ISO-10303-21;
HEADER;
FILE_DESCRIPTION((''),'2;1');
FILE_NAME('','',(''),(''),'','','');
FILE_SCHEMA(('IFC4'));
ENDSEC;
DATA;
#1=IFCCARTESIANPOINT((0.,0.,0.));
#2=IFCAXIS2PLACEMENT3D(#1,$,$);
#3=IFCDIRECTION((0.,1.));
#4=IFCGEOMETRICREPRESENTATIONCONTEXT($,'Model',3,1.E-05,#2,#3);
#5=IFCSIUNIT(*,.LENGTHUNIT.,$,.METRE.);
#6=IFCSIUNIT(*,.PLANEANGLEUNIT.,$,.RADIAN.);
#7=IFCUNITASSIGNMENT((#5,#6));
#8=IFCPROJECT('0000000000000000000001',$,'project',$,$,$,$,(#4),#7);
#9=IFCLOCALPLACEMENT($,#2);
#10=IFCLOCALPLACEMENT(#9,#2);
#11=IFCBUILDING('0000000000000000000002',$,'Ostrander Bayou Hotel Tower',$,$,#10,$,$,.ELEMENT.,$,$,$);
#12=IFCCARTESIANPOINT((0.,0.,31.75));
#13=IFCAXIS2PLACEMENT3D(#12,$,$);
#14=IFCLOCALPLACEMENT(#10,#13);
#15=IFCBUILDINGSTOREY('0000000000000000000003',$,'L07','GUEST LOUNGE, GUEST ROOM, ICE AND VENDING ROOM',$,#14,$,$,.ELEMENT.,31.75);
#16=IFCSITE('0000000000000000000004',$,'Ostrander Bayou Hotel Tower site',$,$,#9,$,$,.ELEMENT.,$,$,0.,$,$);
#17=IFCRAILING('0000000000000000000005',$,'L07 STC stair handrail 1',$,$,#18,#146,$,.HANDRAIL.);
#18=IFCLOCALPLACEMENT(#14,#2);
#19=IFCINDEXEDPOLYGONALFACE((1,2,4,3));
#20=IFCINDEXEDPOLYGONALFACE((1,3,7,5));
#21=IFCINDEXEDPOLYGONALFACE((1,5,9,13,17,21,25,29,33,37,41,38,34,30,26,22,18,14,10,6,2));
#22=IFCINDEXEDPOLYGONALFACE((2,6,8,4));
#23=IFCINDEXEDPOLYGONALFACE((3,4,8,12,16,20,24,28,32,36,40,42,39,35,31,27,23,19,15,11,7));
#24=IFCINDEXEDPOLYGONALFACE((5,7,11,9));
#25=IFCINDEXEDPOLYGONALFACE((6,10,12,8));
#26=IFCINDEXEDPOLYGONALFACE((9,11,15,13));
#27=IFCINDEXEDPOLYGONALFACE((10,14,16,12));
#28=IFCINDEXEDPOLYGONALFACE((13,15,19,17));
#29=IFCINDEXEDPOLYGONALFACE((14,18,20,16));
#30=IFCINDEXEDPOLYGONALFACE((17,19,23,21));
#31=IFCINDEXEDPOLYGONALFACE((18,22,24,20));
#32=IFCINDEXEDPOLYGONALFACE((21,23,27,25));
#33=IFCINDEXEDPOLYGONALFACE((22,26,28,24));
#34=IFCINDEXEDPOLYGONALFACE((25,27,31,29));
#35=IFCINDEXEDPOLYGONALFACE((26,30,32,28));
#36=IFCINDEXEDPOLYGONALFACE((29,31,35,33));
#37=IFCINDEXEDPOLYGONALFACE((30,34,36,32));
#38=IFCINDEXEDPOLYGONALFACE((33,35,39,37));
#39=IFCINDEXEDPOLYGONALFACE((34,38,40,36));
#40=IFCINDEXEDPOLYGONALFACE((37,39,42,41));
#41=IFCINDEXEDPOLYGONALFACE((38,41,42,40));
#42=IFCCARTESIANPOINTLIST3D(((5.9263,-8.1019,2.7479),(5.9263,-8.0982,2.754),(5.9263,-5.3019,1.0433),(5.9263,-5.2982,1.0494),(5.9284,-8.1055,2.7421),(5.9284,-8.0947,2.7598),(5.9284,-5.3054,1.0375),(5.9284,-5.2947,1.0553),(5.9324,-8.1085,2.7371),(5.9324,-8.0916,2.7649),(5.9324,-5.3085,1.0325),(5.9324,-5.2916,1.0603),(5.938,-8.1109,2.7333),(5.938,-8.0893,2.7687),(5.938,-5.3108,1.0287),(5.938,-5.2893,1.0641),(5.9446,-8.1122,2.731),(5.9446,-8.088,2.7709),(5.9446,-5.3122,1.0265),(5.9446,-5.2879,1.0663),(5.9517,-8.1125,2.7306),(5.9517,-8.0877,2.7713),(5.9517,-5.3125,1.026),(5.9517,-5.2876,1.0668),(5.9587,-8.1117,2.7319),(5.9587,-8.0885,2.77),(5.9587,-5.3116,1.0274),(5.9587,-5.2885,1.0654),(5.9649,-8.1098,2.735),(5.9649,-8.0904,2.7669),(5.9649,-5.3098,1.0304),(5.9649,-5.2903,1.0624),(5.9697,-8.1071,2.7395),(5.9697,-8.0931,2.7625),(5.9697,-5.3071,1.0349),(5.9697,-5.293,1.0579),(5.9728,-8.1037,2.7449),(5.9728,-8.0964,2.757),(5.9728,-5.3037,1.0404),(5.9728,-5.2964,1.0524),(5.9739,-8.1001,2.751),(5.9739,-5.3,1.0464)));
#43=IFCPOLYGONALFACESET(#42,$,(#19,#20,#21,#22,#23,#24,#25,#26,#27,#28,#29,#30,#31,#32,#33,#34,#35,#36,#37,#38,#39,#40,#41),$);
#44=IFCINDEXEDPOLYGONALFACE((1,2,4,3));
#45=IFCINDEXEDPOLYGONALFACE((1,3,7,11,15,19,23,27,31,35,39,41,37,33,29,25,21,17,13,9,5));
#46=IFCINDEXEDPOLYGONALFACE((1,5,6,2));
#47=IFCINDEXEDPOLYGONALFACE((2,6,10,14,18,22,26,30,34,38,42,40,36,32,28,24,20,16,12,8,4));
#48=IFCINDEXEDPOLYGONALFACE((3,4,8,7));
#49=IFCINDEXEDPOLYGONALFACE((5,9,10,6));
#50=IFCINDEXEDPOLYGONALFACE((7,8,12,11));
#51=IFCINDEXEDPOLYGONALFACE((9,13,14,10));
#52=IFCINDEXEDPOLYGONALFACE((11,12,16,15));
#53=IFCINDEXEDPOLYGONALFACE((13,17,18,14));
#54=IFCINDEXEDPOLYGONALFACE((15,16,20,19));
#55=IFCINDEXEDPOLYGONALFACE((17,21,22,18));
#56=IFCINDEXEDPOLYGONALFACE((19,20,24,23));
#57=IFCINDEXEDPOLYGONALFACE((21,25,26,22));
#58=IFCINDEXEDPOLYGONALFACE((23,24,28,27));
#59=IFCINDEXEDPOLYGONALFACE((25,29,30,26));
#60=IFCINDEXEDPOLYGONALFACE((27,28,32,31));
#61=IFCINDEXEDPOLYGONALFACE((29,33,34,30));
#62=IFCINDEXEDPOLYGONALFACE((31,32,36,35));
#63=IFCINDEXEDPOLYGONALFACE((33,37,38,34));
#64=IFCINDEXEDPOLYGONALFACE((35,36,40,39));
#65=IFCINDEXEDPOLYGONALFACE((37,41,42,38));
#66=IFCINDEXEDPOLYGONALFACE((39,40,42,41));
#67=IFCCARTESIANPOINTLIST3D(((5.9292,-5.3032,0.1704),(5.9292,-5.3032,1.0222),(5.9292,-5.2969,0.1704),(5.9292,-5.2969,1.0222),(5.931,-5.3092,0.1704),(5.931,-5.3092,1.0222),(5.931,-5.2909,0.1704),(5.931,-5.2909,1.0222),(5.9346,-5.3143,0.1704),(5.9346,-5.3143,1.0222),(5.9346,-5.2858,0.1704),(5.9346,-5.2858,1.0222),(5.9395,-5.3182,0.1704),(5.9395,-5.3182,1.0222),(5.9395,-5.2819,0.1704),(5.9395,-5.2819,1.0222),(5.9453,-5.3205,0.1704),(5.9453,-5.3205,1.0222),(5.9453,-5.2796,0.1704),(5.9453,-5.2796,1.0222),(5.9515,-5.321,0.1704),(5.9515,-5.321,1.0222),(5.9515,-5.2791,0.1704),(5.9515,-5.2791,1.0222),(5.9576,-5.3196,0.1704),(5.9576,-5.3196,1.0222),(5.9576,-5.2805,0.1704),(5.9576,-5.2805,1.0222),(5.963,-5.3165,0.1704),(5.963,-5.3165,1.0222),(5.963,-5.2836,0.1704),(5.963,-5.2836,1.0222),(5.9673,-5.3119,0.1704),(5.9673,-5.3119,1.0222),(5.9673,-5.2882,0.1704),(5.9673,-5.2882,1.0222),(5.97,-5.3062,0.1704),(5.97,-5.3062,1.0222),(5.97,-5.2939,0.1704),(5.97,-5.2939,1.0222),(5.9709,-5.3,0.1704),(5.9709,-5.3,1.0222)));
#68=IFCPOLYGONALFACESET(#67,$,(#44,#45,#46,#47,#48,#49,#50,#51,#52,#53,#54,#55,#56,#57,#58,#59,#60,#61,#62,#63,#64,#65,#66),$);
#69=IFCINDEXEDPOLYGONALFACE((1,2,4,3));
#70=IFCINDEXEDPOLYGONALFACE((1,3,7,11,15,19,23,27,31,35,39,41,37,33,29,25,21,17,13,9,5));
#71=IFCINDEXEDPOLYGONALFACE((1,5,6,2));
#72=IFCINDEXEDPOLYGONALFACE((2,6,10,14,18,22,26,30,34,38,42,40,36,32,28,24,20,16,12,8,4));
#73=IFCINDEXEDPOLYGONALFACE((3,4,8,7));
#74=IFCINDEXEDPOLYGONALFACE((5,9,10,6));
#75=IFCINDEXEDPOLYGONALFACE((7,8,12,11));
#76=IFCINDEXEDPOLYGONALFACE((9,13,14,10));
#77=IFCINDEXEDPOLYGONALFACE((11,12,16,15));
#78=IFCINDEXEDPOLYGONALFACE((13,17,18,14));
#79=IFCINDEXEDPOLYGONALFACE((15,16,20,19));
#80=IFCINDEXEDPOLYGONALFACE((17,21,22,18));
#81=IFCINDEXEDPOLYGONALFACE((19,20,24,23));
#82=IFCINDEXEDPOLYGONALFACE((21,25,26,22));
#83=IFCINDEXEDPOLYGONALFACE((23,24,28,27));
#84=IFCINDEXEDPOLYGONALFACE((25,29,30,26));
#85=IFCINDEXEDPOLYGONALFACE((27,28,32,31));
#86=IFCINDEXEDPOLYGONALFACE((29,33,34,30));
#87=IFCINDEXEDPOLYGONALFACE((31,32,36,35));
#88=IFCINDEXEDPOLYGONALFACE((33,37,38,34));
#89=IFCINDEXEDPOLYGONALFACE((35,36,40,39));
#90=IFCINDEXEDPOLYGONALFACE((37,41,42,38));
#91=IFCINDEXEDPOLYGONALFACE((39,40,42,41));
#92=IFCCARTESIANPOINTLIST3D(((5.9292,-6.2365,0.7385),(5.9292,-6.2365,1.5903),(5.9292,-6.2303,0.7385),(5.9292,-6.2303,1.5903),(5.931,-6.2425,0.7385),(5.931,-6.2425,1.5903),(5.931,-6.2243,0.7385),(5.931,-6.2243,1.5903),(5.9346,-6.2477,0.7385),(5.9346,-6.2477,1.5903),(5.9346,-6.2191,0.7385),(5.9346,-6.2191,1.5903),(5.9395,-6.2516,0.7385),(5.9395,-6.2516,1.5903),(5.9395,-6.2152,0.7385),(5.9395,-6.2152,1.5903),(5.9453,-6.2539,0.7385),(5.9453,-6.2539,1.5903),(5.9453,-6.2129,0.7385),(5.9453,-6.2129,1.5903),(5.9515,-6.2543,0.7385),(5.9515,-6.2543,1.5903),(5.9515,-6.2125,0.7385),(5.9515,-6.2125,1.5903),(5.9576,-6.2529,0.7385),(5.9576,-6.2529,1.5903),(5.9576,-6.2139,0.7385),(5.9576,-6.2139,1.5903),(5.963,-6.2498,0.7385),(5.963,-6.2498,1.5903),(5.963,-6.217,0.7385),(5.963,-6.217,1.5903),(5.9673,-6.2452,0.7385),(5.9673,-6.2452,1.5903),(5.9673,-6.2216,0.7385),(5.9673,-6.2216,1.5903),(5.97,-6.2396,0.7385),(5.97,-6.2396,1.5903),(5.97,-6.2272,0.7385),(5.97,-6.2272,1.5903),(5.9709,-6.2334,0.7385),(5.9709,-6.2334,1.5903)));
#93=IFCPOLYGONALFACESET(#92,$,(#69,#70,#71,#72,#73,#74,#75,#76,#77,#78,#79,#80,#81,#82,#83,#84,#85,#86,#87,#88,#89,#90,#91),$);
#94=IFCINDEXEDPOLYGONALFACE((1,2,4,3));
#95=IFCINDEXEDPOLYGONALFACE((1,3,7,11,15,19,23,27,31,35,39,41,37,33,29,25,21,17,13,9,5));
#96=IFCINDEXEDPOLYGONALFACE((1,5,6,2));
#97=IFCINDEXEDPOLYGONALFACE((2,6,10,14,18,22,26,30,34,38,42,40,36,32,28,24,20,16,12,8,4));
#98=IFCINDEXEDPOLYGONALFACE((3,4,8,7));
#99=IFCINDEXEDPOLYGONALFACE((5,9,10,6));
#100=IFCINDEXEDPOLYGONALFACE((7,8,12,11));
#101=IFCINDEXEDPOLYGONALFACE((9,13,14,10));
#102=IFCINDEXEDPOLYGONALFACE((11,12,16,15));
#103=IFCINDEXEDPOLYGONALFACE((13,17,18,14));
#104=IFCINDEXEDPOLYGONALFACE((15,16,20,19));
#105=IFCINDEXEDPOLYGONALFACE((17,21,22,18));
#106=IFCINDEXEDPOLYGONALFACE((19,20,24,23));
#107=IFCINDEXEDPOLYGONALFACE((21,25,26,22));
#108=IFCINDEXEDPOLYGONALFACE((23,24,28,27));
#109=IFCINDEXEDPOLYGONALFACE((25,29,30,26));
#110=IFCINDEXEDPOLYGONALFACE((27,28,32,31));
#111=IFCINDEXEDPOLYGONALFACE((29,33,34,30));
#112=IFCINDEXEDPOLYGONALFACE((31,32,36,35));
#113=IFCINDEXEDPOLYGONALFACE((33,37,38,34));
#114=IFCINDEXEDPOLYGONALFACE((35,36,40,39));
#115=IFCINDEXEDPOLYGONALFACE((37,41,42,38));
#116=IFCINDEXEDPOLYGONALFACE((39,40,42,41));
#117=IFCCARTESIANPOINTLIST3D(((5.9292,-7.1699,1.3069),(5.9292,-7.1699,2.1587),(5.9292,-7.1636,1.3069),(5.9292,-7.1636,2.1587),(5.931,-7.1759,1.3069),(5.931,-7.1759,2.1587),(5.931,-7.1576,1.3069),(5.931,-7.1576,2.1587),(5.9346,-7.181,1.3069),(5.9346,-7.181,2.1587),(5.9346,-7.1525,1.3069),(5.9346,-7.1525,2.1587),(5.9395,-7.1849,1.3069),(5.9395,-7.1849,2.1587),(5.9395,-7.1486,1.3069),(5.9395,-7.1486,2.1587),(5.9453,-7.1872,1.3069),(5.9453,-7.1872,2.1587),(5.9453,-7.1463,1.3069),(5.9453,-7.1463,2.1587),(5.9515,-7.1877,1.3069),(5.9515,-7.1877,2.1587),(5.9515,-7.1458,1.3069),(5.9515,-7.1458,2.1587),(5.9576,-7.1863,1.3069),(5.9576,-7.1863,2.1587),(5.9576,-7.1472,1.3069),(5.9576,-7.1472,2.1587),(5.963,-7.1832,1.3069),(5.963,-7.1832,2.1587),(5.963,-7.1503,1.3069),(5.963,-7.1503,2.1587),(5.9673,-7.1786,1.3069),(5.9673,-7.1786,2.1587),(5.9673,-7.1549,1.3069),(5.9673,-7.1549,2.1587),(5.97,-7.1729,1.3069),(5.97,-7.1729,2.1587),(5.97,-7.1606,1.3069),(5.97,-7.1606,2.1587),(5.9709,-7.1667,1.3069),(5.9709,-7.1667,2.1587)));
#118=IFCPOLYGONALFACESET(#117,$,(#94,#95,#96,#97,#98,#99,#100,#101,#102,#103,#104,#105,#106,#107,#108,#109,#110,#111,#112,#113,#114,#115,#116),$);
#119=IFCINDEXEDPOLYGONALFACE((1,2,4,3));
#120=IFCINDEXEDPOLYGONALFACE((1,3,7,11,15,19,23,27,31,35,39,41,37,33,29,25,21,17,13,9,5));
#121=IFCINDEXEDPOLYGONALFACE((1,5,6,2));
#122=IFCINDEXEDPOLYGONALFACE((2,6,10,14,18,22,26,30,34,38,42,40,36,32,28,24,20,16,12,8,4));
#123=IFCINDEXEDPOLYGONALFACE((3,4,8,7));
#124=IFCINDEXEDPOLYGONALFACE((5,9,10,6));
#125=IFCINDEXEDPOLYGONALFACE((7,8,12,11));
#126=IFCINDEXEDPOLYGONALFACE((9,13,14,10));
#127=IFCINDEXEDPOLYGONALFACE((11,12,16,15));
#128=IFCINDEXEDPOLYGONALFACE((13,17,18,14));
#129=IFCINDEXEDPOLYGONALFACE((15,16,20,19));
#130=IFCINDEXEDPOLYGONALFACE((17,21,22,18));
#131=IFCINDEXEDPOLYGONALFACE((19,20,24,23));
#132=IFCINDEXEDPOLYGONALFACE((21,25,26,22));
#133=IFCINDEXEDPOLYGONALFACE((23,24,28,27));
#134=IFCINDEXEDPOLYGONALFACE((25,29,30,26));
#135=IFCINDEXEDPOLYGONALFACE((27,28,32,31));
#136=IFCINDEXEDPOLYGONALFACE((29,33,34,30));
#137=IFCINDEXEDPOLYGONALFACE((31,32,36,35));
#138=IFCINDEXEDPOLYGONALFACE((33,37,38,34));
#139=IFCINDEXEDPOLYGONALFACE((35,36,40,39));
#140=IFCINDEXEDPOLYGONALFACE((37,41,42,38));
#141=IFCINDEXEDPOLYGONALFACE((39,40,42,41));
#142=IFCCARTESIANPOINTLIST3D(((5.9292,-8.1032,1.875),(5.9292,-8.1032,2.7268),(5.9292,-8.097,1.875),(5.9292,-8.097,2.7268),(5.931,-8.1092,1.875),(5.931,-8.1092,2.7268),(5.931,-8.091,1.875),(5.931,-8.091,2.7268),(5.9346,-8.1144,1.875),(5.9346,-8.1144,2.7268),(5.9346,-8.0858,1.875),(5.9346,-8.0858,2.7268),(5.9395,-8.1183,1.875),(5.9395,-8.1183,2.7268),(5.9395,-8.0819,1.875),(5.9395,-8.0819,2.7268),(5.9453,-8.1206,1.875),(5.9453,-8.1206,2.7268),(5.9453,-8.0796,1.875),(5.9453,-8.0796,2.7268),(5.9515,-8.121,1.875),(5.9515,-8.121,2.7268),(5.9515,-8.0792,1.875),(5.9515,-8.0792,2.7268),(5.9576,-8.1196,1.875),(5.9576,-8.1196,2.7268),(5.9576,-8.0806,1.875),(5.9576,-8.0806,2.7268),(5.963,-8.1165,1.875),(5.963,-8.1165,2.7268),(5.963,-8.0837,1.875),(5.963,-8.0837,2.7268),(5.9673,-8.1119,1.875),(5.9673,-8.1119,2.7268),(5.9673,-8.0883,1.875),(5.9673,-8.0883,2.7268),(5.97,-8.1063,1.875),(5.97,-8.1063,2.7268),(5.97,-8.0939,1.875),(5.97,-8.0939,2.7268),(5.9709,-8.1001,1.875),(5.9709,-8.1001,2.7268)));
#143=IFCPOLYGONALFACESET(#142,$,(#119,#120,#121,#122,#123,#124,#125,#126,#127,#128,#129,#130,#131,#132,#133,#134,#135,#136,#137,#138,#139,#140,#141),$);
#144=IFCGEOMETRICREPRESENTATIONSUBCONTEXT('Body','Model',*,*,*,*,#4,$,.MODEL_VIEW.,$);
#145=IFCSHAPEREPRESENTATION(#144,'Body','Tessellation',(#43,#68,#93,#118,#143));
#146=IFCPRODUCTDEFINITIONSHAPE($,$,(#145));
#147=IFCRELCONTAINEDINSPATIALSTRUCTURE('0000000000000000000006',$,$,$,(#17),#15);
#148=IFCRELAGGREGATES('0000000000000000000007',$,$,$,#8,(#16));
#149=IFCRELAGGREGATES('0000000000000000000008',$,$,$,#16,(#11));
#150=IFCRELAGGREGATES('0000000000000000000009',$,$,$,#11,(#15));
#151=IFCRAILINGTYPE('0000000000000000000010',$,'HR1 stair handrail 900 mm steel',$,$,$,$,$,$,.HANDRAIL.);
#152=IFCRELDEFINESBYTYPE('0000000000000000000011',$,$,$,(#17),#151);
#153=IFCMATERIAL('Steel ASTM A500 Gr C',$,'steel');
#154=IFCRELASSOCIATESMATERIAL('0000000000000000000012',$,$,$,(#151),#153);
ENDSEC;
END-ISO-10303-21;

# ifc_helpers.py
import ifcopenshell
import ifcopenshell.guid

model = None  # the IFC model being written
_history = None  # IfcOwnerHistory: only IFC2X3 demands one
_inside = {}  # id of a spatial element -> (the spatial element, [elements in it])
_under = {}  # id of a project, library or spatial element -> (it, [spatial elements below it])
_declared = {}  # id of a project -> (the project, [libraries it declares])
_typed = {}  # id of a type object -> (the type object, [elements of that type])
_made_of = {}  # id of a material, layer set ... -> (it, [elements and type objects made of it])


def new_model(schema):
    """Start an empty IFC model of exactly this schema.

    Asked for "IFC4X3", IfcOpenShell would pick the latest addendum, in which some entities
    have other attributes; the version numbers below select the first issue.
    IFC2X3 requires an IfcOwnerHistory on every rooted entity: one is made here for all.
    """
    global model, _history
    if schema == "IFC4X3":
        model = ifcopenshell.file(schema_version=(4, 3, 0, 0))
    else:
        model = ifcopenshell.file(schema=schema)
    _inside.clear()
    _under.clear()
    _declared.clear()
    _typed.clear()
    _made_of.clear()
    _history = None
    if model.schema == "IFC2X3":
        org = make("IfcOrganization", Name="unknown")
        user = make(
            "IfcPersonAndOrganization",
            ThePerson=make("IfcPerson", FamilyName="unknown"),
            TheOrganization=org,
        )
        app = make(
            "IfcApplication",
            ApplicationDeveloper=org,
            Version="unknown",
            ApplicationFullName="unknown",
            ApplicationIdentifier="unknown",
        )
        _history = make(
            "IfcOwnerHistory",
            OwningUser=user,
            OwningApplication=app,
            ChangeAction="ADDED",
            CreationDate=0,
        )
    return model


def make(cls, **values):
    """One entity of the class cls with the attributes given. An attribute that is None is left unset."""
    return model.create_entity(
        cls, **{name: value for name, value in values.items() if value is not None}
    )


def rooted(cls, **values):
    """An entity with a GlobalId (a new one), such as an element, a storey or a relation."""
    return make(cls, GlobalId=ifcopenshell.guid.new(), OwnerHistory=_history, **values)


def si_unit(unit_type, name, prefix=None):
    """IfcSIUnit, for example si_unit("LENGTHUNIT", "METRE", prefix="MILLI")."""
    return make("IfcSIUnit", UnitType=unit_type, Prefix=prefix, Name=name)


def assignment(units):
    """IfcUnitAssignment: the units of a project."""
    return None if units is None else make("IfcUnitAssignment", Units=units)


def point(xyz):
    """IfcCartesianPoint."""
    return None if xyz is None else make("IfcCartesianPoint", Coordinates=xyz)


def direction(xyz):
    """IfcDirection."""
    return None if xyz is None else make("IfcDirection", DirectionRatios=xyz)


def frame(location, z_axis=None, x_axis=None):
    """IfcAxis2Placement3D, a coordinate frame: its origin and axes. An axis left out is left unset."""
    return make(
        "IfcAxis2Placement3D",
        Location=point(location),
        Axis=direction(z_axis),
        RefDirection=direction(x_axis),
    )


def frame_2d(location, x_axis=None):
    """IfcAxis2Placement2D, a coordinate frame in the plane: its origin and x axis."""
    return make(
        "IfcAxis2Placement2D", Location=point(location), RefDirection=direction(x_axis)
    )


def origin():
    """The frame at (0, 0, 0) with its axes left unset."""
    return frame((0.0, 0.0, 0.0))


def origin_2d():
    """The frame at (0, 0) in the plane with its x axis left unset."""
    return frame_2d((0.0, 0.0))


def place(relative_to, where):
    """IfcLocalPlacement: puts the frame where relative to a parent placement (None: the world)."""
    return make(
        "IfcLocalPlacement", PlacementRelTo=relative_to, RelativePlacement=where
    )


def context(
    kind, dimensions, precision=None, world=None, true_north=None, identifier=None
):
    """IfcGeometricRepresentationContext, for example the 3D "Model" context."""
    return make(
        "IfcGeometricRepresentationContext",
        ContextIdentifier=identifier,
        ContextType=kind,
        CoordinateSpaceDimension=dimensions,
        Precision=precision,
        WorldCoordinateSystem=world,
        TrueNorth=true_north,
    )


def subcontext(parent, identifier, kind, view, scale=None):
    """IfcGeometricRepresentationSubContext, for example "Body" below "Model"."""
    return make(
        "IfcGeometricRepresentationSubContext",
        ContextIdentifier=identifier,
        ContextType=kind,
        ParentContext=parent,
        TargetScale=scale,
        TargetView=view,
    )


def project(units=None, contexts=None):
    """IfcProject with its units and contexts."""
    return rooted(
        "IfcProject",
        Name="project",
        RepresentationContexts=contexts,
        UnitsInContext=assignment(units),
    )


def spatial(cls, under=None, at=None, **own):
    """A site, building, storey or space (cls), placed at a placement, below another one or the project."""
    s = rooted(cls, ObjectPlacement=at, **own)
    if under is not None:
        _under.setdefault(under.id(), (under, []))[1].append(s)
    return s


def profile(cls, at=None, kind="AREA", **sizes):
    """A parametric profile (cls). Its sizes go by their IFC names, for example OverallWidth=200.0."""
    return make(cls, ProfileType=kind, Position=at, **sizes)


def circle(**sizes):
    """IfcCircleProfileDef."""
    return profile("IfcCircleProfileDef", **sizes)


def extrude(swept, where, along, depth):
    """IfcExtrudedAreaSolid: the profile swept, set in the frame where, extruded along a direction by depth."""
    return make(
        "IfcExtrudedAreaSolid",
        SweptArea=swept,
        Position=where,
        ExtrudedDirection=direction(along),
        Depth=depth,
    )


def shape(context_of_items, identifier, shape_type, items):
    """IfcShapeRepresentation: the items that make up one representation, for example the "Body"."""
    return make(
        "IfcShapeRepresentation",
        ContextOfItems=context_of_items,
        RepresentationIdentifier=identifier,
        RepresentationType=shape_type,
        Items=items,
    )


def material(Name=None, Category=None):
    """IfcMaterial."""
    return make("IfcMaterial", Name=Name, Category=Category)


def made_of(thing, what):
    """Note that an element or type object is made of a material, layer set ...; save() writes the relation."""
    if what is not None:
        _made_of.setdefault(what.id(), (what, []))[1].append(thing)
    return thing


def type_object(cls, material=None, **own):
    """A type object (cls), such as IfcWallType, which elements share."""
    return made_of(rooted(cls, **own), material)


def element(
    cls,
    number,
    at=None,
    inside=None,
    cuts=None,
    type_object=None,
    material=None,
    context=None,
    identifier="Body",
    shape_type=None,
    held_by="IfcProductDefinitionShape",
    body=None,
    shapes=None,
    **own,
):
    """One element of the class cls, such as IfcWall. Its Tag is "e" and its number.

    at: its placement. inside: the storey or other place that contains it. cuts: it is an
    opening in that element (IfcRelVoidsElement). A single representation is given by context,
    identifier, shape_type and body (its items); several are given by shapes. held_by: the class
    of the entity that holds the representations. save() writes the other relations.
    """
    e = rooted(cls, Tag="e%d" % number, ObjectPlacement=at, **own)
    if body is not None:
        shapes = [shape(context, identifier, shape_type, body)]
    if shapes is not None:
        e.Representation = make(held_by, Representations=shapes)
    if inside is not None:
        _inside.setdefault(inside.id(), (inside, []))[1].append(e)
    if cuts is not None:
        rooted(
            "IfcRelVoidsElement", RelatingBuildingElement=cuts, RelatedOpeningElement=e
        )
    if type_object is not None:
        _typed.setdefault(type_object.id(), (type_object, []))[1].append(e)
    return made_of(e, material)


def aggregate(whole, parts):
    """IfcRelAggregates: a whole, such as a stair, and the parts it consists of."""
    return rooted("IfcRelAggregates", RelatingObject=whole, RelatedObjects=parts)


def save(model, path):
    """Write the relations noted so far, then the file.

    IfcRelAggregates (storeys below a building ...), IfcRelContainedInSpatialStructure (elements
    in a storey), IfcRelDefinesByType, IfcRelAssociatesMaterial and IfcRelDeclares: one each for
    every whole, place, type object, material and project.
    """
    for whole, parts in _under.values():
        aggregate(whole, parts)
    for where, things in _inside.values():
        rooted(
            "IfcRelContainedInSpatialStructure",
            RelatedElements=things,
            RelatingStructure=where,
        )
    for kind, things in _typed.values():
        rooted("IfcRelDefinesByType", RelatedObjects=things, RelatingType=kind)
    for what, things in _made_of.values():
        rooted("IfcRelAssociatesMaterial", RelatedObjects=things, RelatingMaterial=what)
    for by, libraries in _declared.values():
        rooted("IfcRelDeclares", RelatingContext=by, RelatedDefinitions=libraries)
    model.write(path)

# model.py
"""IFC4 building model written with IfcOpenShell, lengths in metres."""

from ifc_helpers import new_model, si_unit, direction, frame, origin, origin_2d, place, context, subcontext, project, spatial, circle, extrude, material, type_object, element, save


model = new_model("IFC4")

# Units and contexts
model_context = context("Model", 3, precision=1e-05, world=origin(), true_north=direction((0.0, 1.0)))
body_context = subcontext(model_context, "Body", "Model", "MODEL_VIEW")
ifc_project = project(units=[si_unit("LENGTHUNIT", "METRE"), si_unit("PLANEANGLEUNIT", "RADIAN")], contexts=[model_context])

# Site, building, storey
site_placement = place(None, origin())
site = spatial("IfcSite", under=ifc_project, at=site_placement, Name="Ostrander Bayou Hotel Tower site", CompositionType="ELEMENT", RefElevation=0.0)
building_placement = place(site_placement, origin())
building = spatial("IfcBuilding", under=site, at=building_placement, Name="Ostrander Bayou Hotel Tower", CompositionType="ELEMENT")
storey_placement = place(building_placement, frame((0.0, 0.0, 31.75)))
storey = spatial("IfcBuildingStorey", under=building, at=storey_placement, Name="L07", Description="GUEST LOUNGE, GUEST ROOM, ICE AND VENDING ROOM", CompositionType="ELEMENT", Elevation=31.75)

# Railing
ifc_material_1 = material(Name="Steel ASTM A500 Gr C", Category="steel")
railing_type = type_object("IfcRailingType", Name="HR1 stair handrail 900 mm steel", PredefinedType="HANDRAIL", material=ifc_material_1)
railing_placement = place(storey_placement, frame((5.95, -5.3, 0.1704)))
element("IfcRailing", 1, at=railing_placement, inside=storey, type_object=railing_type, Name="L07 STC stair handrail 1", PredefinedType="HANDRAIL", context=body_context, shape_type="SweptSolid", body=[
    extrude(circle(Radius=0.0239, at=origin_2d()), frame((0.0, 0.0, 0.876), z_axis=(0.0, -0.85417, 0.519994), x_axis=(1.0, 0.0, 0.0)), (0.0, 0.0, 1.0), 3.2781),
    extrude(circle(Radius=0.021, at=origin_2d()), origin(), (0.0, 0.0, 1.0), 0.8518),
    extrude(circle(Radius=0.021, at=origin_2d()), frame((0.0, -0.9333, 0.5681)), (0.0, 0.0, 1.0), 0.8518),
    extrude(circle(Radius=0.021, at=origin_2d()), frame((0.0, -1.8667, 1.1365)), (0.0, 0.0, 1.0), 0.8518),
    extrude(circle(Radius=0.021, at=origin_2d()), frame((0.0, -2.8, 1.7046)), (0.0, 0.0, 1.0), 0.8518),
])

save(model, "model.ifc")
